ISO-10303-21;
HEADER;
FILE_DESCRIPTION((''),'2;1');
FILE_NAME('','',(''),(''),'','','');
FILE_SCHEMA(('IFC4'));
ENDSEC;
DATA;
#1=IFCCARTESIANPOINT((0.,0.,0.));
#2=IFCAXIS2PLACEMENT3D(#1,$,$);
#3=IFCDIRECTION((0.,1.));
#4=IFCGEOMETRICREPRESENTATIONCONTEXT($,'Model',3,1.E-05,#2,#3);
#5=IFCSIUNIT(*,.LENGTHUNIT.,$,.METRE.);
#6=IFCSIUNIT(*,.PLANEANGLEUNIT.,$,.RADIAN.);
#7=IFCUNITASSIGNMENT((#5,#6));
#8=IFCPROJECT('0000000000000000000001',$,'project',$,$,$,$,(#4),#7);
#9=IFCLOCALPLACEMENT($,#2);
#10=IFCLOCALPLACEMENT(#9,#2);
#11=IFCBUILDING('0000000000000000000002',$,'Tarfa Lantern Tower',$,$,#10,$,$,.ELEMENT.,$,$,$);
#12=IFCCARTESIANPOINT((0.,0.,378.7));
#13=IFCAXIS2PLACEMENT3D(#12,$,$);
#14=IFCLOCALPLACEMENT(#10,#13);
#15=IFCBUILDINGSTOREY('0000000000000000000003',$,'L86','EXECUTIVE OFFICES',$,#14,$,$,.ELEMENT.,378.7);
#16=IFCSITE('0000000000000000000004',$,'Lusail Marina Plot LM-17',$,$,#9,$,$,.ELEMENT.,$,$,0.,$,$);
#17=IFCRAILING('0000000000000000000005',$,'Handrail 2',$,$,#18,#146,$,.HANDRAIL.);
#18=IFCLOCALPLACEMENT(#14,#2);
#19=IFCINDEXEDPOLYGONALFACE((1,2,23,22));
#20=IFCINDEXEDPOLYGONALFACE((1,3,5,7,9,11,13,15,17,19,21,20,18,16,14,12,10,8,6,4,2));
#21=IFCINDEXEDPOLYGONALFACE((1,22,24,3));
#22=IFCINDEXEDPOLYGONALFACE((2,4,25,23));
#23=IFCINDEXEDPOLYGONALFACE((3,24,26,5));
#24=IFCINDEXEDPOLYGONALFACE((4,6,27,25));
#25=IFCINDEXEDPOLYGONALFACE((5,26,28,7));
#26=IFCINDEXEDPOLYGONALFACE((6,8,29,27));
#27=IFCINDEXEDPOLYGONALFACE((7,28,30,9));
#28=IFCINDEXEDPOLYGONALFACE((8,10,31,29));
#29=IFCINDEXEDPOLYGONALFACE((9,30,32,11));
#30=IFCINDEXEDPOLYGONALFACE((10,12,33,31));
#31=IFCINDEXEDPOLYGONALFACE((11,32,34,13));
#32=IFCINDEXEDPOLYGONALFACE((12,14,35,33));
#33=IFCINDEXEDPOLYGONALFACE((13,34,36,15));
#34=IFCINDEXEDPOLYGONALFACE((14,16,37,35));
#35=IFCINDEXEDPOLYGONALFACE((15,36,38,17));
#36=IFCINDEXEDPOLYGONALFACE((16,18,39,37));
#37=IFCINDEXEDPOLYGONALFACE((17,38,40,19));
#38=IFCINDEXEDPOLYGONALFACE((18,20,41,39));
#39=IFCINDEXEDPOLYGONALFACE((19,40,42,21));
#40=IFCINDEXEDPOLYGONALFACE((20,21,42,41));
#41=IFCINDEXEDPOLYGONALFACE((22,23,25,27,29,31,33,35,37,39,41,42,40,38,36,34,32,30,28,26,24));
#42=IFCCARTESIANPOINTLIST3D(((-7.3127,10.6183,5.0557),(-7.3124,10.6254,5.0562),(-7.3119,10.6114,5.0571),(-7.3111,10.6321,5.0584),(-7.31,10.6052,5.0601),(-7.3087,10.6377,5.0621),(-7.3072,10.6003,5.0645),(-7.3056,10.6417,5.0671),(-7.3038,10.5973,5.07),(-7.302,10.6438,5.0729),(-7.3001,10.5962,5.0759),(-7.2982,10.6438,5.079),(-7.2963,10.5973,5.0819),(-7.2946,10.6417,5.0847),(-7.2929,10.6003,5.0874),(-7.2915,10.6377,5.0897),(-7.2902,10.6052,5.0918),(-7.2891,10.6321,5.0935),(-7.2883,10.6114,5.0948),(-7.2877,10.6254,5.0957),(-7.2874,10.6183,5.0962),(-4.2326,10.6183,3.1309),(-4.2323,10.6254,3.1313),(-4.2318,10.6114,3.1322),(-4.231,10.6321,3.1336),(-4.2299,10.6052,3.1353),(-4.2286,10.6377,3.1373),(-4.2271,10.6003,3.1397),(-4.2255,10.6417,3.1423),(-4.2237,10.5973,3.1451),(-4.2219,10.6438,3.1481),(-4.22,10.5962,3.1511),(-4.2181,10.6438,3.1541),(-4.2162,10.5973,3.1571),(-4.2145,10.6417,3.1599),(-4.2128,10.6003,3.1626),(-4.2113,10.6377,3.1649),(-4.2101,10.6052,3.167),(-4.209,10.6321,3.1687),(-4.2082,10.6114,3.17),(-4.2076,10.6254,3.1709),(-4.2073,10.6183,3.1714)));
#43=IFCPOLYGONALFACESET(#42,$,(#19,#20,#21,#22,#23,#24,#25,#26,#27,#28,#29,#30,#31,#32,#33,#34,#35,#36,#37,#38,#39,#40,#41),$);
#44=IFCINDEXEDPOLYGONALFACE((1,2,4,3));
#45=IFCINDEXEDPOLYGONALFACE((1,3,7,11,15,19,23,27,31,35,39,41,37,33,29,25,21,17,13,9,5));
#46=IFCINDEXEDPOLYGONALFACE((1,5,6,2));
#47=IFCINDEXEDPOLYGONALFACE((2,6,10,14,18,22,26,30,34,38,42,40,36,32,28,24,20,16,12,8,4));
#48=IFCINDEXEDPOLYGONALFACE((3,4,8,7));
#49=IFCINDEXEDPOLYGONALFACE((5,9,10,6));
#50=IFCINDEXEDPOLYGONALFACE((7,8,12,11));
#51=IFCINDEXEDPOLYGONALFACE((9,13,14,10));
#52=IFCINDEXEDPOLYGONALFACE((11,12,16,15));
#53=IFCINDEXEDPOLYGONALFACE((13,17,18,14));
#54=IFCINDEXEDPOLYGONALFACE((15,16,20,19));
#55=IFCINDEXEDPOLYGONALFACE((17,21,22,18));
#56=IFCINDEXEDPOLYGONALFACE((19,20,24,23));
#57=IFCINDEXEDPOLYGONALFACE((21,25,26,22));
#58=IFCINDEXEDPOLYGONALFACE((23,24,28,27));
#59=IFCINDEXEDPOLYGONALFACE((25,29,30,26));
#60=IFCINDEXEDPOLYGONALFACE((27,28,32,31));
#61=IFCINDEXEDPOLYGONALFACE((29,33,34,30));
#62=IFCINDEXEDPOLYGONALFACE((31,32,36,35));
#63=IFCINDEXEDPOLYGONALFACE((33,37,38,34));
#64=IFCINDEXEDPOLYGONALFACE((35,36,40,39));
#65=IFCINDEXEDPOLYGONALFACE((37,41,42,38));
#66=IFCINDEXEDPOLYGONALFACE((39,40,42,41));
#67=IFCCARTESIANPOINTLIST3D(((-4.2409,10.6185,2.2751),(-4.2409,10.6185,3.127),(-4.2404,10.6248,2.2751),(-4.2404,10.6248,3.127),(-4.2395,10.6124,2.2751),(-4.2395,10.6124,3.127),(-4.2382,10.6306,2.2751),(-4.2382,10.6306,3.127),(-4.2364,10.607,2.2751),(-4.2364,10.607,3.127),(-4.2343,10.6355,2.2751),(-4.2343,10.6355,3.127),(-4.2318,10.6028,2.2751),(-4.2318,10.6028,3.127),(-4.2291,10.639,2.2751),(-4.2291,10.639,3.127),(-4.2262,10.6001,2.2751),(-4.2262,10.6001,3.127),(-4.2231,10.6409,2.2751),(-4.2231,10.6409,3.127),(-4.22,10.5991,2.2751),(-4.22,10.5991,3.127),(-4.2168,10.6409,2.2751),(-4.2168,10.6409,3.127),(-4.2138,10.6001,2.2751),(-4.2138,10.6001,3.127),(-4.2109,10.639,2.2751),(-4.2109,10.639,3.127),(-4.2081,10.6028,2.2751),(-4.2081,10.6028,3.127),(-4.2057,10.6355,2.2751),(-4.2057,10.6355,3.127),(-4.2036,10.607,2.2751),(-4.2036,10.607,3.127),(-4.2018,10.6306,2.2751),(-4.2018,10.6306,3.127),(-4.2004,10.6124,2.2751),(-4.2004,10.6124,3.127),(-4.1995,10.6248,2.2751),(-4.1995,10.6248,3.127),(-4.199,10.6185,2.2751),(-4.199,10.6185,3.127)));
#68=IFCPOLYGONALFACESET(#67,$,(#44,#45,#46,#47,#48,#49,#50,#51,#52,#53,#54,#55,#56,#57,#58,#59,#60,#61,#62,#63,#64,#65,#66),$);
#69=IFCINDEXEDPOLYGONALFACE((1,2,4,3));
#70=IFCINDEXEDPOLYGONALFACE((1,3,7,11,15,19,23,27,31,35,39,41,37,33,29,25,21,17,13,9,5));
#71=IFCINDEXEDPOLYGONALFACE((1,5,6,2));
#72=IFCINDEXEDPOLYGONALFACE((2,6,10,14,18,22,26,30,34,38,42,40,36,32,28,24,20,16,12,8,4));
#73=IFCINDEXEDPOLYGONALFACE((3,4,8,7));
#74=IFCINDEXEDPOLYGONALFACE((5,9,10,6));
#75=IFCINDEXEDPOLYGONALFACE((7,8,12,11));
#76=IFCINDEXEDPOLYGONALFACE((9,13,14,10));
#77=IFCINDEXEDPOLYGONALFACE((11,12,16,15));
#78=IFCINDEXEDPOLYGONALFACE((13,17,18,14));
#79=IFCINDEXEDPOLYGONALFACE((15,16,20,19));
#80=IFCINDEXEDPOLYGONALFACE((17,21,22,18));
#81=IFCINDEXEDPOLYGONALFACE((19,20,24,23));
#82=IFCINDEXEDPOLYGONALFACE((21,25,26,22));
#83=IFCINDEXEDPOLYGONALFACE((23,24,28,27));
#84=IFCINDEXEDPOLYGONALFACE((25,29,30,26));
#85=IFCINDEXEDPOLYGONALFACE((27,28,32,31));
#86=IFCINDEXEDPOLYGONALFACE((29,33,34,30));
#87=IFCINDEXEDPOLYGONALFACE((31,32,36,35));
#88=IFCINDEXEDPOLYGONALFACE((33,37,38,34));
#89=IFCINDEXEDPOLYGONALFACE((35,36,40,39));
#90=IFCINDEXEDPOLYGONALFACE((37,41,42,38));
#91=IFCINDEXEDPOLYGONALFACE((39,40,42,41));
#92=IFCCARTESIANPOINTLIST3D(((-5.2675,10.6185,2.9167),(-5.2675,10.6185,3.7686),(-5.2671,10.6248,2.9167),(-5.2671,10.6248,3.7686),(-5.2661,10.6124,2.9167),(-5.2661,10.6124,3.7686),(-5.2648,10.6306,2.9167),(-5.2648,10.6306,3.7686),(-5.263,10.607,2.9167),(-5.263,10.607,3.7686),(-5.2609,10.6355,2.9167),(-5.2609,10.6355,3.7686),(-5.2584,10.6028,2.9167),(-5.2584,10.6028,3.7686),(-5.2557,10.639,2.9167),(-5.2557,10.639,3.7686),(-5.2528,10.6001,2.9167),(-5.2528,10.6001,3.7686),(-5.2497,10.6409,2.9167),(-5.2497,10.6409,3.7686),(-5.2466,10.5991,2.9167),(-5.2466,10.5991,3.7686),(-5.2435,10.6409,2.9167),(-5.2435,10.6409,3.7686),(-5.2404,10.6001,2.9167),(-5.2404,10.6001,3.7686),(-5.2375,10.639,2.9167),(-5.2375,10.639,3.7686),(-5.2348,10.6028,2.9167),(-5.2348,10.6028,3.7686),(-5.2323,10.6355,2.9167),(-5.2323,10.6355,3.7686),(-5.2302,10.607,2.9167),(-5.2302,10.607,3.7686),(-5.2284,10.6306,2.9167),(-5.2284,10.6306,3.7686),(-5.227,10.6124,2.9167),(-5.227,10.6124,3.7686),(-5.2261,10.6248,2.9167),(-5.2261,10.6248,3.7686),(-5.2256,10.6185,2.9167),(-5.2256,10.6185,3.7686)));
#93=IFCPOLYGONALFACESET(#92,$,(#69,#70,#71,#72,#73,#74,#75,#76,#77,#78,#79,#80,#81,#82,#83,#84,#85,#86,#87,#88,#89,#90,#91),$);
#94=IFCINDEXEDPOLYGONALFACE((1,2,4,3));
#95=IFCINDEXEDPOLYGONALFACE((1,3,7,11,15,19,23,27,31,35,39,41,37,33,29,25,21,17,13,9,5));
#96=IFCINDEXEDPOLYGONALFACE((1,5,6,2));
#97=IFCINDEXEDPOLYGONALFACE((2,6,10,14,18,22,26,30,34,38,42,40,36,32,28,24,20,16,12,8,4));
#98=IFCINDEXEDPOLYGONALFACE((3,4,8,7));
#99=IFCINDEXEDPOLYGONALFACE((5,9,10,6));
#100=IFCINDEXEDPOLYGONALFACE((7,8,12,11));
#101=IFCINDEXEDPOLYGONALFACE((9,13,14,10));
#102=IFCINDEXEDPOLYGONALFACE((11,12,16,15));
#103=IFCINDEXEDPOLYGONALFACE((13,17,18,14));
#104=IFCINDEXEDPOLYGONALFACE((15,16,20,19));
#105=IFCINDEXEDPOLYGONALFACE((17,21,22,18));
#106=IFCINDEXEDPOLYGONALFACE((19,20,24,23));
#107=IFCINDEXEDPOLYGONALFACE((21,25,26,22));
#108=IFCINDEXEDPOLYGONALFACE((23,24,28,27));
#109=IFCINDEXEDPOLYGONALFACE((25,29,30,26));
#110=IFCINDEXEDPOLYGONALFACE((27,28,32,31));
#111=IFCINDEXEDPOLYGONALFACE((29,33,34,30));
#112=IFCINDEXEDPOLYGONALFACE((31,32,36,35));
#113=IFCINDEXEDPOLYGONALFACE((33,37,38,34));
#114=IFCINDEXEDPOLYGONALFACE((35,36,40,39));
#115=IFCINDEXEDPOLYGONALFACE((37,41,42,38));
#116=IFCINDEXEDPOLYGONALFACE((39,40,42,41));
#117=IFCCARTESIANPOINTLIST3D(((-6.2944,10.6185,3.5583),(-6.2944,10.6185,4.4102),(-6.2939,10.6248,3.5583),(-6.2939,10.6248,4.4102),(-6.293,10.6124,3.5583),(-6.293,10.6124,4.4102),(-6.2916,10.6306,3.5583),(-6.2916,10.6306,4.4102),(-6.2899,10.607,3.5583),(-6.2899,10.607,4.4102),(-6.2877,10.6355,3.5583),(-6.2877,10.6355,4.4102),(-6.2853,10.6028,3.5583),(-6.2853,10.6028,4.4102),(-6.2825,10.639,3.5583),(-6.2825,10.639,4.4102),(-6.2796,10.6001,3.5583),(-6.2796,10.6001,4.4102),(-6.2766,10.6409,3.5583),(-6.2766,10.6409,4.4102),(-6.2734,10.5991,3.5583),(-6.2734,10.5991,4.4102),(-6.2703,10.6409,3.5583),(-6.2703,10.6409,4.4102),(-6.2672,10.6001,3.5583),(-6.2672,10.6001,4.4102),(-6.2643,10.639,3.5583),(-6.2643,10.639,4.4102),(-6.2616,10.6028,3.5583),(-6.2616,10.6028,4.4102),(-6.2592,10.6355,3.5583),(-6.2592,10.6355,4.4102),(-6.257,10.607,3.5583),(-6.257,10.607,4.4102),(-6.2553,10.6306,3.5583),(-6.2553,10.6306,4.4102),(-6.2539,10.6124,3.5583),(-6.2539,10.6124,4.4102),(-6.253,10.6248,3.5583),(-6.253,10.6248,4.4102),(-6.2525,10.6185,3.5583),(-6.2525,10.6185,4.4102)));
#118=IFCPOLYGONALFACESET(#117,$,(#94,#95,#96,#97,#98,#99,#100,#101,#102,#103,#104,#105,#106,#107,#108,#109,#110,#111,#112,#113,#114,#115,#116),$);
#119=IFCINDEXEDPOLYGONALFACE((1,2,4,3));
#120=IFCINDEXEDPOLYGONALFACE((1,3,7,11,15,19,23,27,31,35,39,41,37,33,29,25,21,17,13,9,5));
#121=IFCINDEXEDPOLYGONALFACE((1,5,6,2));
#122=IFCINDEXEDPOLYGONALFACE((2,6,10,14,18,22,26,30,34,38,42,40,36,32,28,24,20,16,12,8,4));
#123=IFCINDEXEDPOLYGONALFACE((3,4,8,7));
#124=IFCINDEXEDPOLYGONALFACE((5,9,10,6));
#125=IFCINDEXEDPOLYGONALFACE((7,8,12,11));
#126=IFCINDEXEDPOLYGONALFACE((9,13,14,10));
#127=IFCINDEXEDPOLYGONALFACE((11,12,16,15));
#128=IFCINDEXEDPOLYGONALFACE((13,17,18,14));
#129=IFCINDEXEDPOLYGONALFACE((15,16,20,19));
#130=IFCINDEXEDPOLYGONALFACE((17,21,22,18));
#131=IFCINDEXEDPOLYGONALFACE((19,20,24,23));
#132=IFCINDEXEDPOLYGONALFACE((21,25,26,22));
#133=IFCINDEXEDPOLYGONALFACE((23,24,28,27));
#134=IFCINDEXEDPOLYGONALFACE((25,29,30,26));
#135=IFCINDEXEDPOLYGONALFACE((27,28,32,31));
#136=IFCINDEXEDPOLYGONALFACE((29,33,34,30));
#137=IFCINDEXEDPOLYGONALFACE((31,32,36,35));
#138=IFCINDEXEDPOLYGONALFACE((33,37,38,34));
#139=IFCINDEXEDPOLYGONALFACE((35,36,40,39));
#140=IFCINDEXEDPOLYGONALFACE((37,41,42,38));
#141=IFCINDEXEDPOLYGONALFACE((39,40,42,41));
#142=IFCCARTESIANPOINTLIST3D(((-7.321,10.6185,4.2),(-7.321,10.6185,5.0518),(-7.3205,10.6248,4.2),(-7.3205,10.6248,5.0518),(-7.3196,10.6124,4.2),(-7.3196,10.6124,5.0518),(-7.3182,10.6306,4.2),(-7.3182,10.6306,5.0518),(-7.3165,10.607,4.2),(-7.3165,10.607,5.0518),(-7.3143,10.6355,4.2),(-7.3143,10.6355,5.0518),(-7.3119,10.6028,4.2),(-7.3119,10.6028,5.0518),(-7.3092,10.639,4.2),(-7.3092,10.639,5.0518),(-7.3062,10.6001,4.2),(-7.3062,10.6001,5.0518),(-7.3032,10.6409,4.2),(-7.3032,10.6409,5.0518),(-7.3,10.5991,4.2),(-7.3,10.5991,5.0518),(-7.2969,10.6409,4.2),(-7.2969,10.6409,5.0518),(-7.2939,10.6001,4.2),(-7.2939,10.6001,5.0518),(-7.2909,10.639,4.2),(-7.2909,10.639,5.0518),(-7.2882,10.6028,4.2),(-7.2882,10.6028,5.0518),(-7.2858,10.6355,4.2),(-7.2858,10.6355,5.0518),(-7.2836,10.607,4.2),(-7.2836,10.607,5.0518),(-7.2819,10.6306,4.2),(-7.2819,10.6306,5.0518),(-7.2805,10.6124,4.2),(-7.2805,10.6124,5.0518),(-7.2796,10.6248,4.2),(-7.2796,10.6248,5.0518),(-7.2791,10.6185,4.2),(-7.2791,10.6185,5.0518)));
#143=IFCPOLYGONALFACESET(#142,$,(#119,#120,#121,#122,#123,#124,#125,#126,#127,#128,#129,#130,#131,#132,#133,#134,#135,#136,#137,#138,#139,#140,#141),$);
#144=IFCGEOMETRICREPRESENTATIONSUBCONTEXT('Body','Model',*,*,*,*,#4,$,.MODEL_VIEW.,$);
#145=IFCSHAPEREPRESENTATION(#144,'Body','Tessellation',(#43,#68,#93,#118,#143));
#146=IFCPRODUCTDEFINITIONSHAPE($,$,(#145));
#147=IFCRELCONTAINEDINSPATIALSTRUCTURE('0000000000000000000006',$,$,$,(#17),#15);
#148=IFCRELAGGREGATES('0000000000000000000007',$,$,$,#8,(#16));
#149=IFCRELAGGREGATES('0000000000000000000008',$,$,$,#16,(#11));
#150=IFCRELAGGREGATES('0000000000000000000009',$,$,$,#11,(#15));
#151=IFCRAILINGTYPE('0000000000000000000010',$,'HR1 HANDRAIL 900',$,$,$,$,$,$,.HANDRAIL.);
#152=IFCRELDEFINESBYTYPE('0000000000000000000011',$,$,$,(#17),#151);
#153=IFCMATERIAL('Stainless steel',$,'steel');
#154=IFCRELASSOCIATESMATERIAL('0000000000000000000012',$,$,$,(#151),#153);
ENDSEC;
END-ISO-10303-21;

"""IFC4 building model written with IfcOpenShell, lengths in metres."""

from ifc_helpers import new_model, si_unit, direction, frame, origin, origin_2d, place, context, subcontext, project, spatial, circle, extrude, material, type_object, element, save


model = new_model("IFC4")

# Units and contexts
model_context = context("Model", 3, precision=1e-05, world=origin(), true_north=direction((0.0, 1.0)))
body_context = subcontext(model_context, "Body", "Model", "MODEL_VIEW")
ifc_project = project(units=[si_unit("LENGTHUNIT", "METRE"), si_unit("PLANEANGLEUNIT", "RADIAN")], contexts=[model_context])

# Site, building, storey
site_placement = place(None, origin())
site = spatial("IfcSite", under=ifc_project, at=site_placement, Name="Lusail Marina Plot LM-17", CompositionType="ELEMENT", RefElevation=0.0)
building_placement = place(site_placement, origin())
building = spatial("IfcBuilding", under=site, at=building_placement, Name="Tarfa Lantern Tower", CompositionType="ELEMENT")
storey_placement = place(building_placement, frame((0.0, 0.0, 378.7)))
storey = spatial("IfcBuildingStorey", under=building, at=storey_placement, Name="L86", Description="EXECUTIVE OFFICES", CompositionType="ELEMENT", Elevation=378.7)

# Railing
ifc_material_1 = material(Name="Stainless steel", Category="steel")
railing_type = type_object("IfcRailingType", Name="HR1 HANDRAIL 900", PredefinedType="HANDRAIL", material=ifc_material_1)
railing_1_placement = place(storey_placement, frame((-4.22, 10.6201, 2.2751)))
element("IfcRailing", 1, at=railing_1_placement, inside=storey, type_object=railing_type, Name="Handrail 2", PredefinedType="HANDRAIL", context=body_context, shape_type="SweptSolid", body=[
    extrude(circle(Radius=0.0239, at=origin_2d()), frame((0.0, 0.0, 0.876), z_axis=(-0.848029, 0.0, 0.529951), x_axis=(0.0, -1.0, 0.0)), (0.0, 0.0, 1.0), 3.6321),
    extrude(circle(Radius=0.021, at=origin_2d()), frame((0.0, 0.0, 0.0), z_axis=(0.0, 0.0, 1.0), x_axis=(0.0, -1.0, 0.0)), (0.0, 0.0, 1.0), 0.8518),
    extrude(circle(Radius=0.021, at=origin_2d()), frame((-1.0266, 0.0, 0.6416), z_axis=(0.0, 0.0, 1.0), x_axis=(0.0, -1.0, 0.0)), (0.0, 0.0, 1.0), 0.8518),
    extrude(circle(Radius=0.021, at=origin_2d()), frame((-2.0535, 0.0, 1.2832), z_axis=(0.0, 0.0, 1.0), x_axis=(0.0, -1.0, 0.0)), (0.0, 0.0, 1.0), 0.8518),
    extrude(circle(Radius=0.021, at=origin_2d()), frame((-3.0801, 0.0, 1.9248), z_axis=(0.0, 0.0, 1.0), x_axis=(0.0, -1.0, 0.0)), (0.0, 0.0, 1.0), 0.8518),
])

save(model, "model.ifc")
